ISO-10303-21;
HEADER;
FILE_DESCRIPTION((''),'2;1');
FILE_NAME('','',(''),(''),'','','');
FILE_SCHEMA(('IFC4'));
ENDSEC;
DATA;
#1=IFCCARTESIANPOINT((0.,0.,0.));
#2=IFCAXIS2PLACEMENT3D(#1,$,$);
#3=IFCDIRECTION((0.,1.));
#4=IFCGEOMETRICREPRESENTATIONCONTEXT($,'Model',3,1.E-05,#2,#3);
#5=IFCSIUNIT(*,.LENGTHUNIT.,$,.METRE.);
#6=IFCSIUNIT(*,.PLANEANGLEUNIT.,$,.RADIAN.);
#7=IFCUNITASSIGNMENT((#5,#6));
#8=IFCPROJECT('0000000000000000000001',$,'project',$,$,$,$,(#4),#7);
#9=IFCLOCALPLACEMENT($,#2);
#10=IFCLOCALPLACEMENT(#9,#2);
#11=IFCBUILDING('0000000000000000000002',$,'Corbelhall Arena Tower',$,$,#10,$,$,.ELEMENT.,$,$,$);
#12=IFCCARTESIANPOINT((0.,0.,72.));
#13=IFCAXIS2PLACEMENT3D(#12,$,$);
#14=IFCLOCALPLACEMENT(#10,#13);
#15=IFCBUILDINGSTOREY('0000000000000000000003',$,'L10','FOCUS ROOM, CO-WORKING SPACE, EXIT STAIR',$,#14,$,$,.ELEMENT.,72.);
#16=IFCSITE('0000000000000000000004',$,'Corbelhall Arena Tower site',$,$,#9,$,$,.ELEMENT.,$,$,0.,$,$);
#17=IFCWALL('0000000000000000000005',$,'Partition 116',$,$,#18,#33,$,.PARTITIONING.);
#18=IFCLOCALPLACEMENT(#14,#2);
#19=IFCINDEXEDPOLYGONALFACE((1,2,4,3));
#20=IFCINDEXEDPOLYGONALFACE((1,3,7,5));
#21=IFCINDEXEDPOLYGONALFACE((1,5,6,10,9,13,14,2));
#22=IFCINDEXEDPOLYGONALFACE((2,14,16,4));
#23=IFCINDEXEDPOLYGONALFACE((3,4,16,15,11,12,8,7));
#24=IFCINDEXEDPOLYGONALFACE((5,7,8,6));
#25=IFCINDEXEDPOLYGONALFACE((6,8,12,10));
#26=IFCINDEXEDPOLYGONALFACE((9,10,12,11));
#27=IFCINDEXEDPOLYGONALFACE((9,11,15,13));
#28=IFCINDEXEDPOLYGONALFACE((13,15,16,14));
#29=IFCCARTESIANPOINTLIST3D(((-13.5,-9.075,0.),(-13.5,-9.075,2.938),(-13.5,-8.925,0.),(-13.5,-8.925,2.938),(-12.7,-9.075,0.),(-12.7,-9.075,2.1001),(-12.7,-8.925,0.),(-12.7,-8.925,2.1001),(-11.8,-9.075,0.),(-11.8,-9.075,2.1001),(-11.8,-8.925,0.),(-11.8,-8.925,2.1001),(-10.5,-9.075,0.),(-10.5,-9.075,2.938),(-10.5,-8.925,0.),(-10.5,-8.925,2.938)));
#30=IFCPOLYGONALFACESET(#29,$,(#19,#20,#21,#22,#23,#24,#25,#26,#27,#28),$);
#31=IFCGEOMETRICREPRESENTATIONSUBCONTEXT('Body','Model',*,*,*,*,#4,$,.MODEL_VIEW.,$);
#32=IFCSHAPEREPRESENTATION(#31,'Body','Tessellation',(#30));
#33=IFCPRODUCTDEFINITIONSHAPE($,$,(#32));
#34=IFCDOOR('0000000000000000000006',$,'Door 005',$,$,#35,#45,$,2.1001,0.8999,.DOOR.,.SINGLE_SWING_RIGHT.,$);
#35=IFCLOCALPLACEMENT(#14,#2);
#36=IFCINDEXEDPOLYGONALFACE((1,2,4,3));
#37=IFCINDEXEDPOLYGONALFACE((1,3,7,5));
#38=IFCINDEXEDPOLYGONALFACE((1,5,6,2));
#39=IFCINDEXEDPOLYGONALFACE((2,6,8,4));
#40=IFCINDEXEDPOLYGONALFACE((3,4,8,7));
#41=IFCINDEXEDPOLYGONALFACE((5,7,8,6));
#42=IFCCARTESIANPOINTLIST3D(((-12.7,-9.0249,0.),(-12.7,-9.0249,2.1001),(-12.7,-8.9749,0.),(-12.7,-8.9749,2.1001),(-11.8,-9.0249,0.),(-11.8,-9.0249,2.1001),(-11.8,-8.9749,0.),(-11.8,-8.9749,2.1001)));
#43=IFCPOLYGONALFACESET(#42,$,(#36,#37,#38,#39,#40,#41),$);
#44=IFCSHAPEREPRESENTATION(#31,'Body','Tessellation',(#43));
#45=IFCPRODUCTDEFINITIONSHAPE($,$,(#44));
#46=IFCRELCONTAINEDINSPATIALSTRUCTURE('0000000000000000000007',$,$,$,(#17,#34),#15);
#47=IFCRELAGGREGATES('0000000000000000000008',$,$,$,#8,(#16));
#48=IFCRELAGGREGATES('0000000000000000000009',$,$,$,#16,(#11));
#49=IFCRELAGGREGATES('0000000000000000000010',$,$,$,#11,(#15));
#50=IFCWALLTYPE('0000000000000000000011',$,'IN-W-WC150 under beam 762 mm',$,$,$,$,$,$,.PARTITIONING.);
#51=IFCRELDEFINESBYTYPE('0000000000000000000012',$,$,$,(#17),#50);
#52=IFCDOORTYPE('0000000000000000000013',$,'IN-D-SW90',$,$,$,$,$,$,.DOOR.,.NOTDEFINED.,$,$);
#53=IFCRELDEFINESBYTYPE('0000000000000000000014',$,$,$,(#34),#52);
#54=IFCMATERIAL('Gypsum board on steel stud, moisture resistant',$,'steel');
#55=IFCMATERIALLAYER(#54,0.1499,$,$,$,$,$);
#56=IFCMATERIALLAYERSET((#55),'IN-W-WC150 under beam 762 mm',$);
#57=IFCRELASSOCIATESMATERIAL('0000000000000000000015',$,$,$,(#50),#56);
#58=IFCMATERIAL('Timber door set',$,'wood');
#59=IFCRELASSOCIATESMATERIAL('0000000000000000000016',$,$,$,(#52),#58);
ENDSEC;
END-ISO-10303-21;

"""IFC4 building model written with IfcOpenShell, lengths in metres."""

from ifc_helpers import new_model, si_unit, direction, frame, frame_2d, origin, place, context, subcontext, project, spatial, rectangle, extrude, material, layer, layer_set, type_object, element, fill, save


model = new_model("IFC4")

# Units and contexts
model_context = context("Model", 3, precision=1e-05, world=origin(), true_north=direction((0.0, 1.0)))
body_context = subcontext(model_context, "Body", "Model", "MODEL_VIEW")
ifc_project = project(units=[si_unit("LENGTHUNIT", "METRE"), si_unit("PLANEANGLEUNIT", "RADIAN")], contexts=[model_context])

# Site, building, storey
site_placement = place(None, origin())
site = spatial("IfcSite", under=ifc_project, at=site_placement, Name="Corbelhall Arena Tower site", CompositionType="ELEMENT", RefElevation=0.0)
building_placement = place(site_placement, origin())
building = spatial("IfcBuilding", under=site, at=building_placement, Name="Corbelhall Arena Tower", CompositionType="ELEMENT")
storey_placement = place(building_placement, frame((0.0, 0.0, 72.0)))
storey = spatial("IfcBuildingStorey", under=building, at=storey_placement, Name="L10", Description="FOCUS ROOM, CO-WORKING SPACE, EXIT STAIR", CompositionType="ELEMENT", Elevation=72.0)

# Shared definitions
ifc_material_1 = material(Name="Gypsum board on steel stud, moisture resistant", Category="steel")
ifc_layer_1 = layer(ifc_material_1, 0.1499)
ifc_layer_set_1 = layer_set([ifc_layer_1], Name="IN-W-WC150 under beam 762 mm")
wall_type_1 = type_object("IfcWallType", Name="IN-W-WC150 under beam 762 mm", PredefinedType="PARTITIONING", material=ifc_layer_set_1)

# Wall, opening, door
wall_1_placement = place(storey_placement, frame((-10.5, -9.0, 0.0), z_axis=(0.0, 0.0, 1.0), x_axis=(-1.0, 0.0, 0.0)))
wall_1 = element("IfcWall", 1, at=wall_1_placement, inside=storey, type_object=wall_type_1, Name="Partition 116", PredefinedType="PARTITIONING", context=body_context, shape_type="SweptSolid", body=[
    extrude(rectangle(XDim=3.0, YDim=0.1499, at=frame_2d((1.5, 0.0))), origin(), (0.0, 0.0, 1.0), 2.938),
])
opening_1_placement = place(wall_1_placement, frame((1.3, 0.0, 0.0)))
opening_1 = element("IfcOpeningElement", 2, at=opening_1_placement, cuts=wall_1, PredefinedType="OPENING", context=body_context, shape_type="SweptSolid", body=[
    extrude(rectangle(XDim=0.8999, YDim=2.1001, at=frame_2d((0.45, 1.05))), frame((0.0, 0.075, 0.0), z_axis=(0.0, -1.0, 0.0), x_axis=(1.0, 0.0, 0.0)), (0.0, 0.0, 1.0), 0.1499),
])
ifc_material_2 = material(Name="Timber door set", Category="wood")
door_type_1 = type_object("IfcDoorType", Name="IN-D-SW90", OperationType="NOTDEFINED", PredefinedType="DOOR", material=ifc_material_2)
door_1_placement = place(opening_1_placement, origin())
door_1 = element("IfcDoor", 3, at=door_1_placement, inside=storey, type_object=door_type_1, Name="Door 005", OperationType="SINGLE_SWING_RIGHT", OverallHeight=2.1001, OverallWidth=0.8999, PredefinedType="DOOR", context=body_context, shape_type="SweptSolid", body=[
    extrude(rectangle(XDim=0.8999, YDim=2.1001, at=frame_2d((0.45, 1.05))), frame((0.0, 0.0249, 0.0), z_axis=(0.0, -1.0, 0.0), x_axis=(1.0, 0.0, 0.0)), (0.0, 0.0, 1.0), 0.05),
])
fill(opening_1, door_1)

save(model, "model.ifc")
